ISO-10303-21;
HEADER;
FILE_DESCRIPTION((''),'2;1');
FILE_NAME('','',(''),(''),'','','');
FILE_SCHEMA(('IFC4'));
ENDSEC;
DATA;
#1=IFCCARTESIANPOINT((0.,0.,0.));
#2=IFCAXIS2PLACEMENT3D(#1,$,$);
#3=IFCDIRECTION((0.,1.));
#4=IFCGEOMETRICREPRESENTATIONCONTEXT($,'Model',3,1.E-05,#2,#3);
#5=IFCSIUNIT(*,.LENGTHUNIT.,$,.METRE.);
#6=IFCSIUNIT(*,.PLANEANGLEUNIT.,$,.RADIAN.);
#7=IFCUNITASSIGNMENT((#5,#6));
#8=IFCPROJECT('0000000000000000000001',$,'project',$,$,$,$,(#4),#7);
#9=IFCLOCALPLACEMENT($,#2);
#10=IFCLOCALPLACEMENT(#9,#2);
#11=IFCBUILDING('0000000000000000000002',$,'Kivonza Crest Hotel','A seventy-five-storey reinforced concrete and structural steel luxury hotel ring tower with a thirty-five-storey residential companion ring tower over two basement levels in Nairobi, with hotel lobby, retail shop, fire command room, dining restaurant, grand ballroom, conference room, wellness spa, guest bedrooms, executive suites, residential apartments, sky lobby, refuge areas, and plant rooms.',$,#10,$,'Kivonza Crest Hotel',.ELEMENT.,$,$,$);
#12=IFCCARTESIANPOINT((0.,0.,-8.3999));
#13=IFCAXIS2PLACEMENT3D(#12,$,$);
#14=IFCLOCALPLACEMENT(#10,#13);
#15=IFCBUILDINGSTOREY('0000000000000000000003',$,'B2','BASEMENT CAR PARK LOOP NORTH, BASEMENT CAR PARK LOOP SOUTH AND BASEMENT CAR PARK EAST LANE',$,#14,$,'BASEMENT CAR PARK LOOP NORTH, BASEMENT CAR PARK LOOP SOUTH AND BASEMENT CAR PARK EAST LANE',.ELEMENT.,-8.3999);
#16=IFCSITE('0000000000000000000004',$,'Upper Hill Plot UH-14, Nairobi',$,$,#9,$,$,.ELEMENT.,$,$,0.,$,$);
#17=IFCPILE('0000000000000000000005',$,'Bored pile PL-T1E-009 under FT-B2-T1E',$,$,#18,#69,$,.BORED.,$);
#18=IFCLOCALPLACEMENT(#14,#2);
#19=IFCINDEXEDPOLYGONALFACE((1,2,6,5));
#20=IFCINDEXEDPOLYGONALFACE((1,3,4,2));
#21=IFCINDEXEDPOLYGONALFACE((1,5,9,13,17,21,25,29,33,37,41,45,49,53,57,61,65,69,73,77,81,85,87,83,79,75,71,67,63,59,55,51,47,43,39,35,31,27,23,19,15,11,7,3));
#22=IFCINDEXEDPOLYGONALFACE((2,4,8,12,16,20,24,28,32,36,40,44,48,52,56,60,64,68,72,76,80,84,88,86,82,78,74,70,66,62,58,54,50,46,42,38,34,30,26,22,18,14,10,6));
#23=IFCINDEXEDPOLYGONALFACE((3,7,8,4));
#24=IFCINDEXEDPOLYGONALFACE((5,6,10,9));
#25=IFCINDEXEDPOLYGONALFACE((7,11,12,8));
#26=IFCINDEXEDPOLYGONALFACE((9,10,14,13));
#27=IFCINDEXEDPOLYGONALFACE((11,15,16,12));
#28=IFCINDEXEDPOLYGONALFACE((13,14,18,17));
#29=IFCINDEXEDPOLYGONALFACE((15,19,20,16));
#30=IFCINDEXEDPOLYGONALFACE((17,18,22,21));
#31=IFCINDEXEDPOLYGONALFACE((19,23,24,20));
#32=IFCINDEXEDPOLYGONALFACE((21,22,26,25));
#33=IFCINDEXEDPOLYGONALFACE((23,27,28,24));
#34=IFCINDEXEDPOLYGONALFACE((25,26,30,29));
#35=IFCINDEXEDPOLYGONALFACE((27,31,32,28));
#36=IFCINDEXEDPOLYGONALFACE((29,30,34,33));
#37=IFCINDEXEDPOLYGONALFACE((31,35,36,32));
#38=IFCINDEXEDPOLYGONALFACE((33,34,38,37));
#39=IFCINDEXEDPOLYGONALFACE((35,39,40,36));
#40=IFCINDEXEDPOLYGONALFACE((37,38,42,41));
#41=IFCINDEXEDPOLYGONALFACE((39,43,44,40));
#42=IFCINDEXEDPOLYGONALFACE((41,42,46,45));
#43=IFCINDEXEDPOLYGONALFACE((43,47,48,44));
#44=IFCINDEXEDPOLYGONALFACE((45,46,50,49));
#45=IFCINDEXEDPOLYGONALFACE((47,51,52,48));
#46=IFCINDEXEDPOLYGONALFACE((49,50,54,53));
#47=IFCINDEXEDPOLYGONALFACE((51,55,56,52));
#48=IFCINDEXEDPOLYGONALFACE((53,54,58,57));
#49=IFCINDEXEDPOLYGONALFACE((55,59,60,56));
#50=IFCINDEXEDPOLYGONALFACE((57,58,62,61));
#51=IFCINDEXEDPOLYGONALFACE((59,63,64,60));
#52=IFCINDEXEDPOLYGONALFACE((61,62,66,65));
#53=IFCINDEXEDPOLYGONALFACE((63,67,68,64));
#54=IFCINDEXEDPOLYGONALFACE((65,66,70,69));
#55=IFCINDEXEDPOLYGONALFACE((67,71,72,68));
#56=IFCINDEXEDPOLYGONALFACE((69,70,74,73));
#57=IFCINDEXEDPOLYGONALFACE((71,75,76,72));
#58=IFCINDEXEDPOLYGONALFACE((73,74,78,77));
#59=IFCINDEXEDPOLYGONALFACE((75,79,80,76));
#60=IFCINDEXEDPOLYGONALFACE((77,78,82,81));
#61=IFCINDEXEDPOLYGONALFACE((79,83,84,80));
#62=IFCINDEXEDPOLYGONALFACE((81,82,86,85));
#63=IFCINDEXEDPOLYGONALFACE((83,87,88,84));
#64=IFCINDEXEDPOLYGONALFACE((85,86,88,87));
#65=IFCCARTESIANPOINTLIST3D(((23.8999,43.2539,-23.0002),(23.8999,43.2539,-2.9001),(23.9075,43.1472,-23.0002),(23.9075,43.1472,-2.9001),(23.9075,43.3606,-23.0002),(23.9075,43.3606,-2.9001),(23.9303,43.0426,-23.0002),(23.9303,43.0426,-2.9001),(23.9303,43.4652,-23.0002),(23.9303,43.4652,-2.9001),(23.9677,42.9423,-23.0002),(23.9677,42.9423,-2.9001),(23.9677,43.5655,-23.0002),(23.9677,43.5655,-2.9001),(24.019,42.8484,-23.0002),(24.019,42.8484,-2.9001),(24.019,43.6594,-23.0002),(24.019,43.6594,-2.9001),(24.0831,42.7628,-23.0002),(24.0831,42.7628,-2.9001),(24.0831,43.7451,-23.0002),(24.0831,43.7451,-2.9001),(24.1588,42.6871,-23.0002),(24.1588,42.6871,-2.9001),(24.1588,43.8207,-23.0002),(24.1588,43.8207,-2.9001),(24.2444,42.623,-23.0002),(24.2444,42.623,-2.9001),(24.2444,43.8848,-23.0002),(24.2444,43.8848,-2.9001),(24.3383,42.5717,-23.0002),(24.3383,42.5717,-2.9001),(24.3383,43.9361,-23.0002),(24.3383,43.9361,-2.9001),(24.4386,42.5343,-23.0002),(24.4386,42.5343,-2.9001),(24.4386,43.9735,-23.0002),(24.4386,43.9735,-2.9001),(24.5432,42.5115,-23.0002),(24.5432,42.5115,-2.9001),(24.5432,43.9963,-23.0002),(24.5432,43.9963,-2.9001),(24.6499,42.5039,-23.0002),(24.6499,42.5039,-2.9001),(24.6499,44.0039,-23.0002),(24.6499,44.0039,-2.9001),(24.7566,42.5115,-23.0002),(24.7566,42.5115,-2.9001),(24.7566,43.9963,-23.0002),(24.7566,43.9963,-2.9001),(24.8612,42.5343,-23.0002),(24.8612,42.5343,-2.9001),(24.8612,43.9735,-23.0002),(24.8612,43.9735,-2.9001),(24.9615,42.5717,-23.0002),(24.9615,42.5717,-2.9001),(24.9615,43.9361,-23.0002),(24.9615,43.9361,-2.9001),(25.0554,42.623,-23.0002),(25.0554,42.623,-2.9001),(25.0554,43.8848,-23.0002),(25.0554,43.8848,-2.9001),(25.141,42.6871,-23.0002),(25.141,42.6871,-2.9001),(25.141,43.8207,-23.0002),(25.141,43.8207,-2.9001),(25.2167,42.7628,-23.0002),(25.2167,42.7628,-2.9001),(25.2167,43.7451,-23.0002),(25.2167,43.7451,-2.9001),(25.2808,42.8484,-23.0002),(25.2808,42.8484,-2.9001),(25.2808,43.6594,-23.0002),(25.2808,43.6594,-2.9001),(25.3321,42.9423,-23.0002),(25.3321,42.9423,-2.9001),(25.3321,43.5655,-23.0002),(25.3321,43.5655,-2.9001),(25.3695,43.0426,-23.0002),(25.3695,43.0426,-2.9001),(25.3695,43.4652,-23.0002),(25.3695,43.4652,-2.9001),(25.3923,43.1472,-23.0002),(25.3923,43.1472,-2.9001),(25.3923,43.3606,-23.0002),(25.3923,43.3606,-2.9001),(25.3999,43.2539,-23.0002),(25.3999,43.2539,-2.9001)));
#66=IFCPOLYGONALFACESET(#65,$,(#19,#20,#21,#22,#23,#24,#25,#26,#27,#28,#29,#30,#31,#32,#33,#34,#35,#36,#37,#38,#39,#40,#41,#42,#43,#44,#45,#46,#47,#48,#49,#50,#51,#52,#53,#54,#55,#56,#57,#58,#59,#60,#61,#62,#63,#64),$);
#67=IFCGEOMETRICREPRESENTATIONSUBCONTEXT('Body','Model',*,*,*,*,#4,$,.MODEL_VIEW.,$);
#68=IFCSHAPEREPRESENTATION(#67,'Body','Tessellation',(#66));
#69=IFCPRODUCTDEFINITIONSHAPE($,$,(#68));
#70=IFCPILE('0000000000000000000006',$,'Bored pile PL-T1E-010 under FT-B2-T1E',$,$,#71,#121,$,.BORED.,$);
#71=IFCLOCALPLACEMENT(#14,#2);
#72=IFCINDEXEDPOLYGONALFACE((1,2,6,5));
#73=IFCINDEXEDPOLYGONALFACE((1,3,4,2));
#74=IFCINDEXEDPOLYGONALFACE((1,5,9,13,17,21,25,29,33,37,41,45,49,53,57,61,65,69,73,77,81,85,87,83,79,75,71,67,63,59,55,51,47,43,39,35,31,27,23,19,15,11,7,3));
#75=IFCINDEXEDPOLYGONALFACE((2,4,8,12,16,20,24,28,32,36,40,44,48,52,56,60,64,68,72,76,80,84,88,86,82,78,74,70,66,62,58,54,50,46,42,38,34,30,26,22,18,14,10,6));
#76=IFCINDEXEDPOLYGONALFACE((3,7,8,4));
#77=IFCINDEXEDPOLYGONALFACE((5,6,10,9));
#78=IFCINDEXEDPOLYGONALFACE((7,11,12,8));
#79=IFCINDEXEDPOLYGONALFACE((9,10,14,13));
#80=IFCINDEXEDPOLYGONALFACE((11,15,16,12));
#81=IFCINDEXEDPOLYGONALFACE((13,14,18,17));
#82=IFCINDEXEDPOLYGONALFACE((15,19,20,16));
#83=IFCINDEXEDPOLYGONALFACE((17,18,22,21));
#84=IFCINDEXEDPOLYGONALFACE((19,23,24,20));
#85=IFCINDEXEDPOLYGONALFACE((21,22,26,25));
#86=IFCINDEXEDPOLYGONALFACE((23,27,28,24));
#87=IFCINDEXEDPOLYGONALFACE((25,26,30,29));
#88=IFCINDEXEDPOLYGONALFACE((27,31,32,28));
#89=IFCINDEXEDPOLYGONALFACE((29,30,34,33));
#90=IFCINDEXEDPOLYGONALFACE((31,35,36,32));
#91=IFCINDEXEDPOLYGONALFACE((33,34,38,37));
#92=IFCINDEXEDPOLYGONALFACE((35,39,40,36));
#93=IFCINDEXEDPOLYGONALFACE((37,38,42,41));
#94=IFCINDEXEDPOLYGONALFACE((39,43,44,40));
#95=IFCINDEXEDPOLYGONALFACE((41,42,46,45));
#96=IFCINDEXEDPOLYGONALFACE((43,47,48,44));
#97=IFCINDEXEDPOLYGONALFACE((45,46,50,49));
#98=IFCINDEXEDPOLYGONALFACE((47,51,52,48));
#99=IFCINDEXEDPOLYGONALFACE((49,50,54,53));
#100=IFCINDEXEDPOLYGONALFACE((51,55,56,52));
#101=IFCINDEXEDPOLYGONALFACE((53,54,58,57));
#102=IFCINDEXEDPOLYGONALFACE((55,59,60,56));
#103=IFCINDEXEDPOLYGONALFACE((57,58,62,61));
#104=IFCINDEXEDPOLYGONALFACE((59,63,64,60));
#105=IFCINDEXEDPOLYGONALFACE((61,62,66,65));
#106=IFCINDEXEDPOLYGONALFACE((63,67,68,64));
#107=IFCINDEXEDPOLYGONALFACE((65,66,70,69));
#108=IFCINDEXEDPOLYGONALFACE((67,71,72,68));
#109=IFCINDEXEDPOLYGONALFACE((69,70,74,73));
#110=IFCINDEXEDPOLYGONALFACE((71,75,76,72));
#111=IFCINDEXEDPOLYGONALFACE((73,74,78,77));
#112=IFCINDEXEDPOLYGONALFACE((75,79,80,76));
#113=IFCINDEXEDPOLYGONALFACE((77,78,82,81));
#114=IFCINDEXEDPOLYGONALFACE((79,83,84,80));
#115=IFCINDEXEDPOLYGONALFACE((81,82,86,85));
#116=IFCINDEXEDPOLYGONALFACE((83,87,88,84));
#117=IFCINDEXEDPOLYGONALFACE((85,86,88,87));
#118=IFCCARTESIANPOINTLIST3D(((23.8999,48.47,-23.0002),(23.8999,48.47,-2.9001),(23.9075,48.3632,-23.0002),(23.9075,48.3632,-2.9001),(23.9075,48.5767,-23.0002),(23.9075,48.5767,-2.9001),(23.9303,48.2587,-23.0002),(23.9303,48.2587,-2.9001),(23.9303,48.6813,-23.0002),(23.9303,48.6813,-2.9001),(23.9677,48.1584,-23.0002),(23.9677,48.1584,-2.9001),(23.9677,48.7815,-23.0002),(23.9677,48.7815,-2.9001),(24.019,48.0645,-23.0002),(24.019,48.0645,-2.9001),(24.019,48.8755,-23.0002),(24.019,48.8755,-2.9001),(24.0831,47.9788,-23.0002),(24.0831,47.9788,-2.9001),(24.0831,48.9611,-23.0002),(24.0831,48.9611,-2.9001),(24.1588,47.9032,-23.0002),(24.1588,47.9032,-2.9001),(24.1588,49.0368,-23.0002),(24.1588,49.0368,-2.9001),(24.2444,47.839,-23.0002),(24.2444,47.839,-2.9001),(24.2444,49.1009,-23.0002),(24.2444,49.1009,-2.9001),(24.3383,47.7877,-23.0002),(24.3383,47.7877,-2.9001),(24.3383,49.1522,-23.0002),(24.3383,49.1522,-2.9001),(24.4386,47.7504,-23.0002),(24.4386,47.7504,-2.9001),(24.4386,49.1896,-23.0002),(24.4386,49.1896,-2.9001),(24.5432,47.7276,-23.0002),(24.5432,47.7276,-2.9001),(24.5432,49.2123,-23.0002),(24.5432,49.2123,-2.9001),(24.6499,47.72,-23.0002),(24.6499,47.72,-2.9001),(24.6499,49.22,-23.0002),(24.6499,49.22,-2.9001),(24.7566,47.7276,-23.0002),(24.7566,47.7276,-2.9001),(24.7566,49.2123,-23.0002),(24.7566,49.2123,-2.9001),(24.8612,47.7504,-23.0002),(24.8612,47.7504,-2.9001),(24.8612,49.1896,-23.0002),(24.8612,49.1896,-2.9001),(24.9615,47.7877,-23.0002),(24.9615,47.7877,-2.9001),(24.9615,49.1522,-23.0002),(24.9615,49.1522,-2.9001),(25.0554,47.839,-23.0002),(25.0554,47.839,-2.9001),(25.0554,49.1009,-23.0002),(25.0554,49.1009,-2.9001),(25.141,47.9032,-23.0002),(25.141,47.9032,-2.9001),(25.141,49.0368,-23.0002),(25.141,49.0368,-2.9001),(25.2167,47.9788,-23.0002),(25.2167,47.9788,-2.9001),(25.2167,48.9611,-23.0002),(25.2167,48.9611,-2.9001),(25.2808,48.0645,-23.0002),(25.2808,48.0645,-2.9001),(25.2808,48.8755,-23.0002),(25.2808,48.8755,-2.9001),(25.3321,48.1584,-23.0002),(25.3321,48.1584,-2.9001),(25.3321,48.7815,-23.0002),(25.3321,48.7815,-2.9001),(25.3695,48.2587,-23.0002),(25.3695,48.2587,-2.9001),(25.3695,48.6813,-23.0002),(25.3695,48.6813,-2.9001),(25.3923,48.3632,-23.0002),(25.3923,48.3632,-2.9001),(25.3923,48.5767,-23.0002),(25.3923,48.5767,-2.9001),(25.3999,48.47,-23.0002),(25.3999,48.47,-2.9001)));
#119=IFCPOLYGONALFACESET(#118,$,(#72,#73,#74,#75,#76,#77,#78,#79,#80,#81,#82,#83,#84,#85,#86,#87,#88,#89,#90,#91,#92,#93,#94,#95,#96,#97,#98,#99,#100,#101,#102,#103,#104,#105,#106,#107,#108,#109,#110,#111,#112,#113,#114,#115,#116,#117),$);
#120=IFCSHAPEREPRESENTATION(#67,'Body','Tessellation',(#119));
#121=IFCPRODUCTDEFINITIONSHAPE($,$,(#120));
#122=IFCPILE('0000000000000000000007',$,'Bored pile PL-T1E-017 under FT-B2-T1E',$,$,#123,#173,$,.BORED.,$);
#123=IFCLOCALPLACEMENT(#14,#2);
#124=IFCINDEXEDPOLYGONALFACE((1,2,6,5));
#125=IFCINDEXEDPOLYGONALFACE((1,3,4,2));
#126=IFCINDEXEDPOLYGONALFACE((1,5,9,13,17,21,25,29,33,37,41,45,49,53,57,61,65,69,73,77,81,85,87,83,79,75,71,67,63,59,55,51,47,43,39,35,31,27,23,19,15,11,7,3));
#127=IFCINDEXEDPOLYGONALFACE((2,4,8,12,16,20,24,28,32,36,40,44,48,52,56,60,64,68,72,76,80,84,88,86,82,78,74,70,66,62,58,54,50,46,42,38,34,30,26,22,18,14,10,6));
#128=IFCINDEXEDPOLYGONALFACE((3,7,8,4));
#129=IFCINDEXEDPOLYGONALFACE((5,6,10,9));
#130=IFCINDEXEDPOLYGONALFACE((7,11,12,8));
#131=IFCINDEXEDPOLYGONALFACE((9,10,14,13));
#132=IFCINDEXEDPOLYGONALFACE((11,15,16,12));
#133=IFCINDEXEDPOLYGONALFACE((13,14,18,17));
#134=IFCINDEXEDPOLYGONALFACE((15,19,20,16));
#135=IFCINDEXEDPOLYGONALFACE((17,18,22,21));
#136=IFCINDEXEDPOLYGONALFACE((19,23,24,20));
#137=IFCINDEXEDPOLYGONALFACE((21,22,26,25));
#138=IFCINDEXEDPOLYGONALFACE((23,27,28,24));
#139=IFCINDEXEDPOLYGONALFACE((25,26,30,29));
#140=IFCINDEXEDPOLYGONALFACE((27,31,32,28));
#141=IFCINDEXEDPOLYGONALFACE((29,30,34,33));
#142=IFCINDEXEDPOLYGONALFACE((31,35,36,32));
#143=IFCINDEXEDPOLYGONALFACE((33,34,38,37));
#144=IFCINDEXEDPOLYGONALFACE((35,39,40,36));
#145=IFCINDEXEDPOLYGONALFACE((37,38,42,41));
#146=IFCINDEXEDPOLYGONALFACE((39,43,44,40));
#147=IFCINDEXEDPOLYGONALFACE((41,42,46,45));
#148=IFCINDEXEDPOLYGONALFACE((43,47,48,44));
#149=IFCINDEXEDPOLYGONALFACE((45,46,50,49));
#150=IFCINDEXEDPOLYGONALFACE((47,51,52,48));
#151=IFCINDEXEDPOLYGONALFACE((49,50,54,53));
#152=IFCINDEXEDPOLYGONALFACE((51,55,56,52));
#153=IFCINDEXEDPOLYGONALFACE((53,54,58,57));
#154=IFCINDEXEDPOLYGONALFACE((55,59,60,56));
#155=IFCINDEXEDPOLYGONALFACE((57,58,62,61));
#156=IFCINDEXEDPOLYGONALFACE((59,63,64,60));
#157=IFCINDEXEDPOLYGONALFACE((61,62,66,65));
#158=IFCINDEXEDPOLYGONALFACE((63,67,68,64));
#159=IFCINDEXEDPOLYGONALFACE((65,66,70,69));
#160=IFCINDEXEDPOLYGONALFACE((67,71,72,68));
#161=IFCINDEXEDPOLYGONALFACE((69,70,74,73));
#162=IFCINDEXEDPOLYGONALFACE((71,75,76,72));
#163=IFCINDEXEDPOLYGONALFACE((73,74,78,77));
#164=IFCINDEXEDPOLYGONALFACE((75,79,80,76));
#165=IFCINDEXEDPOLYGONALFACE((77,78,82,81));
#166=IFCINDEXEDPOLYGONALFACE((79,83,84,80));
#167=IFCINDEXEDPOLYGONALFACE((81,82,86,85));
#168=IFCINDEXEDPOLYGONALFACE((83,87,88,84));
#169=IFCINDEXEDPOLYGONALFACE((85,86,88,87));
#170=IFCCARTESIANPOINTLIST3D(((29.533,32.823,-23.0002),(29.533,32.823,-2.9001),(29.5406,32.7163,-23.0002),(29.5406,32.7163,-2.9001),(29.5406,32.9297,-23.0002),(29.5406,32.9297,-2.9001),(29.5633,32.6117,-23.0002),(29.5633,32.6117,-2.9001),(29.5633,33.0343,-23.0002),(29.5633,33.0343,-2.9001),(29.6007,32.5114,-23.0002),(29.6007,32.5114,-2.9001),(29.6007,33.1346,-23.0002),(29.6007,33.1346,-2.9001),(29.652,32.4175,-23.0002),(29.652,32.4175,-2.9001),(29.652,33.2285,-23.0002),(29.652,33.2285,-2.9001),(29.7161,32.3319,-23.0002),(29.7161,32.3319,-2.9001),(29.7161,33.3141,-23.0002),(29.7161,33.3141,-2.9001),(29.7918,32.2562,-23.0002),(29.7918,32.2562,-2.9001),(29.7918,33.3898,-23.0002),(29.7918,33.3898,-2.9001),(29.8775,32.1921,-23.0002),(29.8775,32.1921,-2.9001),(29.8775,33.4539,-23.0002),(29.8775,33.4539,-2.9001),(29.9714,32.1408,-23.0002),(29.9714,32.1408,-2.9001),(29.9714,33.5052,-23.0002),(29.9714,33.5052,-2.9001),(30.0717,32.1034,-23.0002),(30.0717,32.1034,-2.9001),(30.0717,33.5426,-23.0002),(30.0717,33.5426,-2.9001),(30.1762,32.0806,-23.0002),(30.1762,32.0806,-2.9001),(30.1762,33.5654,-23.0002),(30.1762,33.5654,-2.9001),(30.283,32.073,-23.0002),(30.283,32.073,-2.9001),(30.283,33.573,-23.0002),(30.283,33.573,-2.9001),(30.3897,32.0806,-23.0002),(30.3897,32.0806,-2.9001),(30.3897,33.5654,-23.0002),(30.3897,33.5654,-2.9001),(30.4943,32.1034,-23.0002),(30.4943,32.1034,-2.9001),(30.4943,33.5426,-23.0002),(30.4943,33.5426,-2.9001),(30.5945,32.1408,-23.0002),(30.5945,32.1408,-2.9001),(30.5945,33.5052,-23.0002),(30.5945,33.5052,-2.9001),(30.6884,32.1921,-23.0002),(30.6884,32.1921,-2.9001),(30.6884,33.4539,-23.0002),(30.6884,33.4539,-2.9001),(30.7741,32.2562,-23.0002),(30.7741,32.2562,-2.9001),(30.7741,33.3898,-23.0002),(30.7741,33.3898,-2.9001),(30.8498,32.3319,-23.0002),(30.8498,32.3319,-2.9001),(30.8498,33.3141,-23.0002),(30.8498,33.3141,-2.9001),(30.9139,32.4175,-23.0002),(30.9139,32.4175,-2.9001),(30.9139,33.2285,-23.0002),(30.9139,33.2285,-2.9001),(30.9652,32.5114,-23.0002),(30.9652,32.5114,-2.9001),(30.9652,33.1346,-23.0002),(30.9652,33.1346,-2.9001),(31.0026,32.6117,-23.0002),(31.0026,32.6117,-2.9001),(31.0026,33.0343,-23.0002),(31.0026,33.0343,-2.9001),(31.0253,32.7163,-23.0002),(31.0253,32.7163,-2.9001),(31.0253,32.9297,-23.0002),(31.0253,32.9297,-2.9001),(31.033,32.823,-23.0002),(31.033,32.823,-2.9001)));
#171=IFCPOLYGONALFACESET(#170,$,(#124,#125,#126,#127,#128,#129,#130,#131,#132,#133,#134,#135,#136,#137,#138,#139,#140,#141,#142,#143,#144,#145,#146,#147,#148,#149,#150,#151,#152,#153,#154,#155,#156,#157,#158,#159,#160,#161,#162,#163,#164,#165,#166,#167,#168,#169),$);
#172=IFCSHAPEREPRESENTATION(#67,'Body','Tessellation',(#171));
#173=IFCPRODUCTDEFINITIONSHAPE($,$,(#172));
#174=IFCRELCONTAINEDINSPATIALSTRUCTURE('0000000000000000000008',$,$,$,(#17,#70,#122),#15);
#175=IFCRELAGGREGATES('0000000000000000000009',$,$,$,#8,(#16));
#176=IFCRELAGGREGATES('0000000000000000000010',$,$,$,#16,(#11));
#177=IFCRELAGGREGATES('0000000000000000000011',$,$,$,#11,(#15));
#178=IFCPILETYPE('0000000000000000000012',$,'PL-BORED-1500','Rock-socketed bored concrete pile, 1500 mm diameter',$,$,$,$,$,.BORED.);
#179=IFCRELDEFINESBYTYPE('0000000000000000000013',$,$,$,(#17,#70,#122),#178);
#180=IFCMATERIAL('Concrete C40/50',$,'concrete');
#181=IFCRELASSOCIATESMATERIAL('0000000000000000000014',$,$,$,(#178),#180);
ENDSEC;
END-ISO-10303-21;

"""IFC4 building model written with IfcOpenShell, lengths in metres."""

from ifc_helpers import new_model, si_unit, direction, frame, origin, origin_2d, place, context, subcontext, project, spatial, circle, extrude, material, material_profile, profile_set, type_object, element, save


model = new_model("IFC4")

# Units and contexts
model_context = context("Model", 3, precision=1e-05, world=origin(), true_north=direction((0.0, 1.0)))
body_context = subcontext(model_context, "Body", "Model", "MODEL_VIEW")
ifc_project = project(units=[si_unit("LENGTHUNIT", "METRE"), si_unit("PLANEANGLEUNIT", "RADIAN")], contexts=[model_context])

# Site, building, storey
site_placement = place(None, origin())
site = spatial("IfcSite", under=ifc_project, at=site_placement, Name="Upper Hill Plot UH-14, Nairobi", CompositionType="ELEMENT", RefElevation=0.0)
building_placement = place(site_placement, origin())
building = spatial("IfcBuilding", under=site, at=building_placement, Name="Kivonza Crest Hotel", Description="A seventy-five-storey reinforced concrete and structural steel luxury hotel ring tower with a thirty-five-storey residential companion ring tower over two basement levels in Nairobi, with hotel lobby, retail shop, fire command room, dining restaurant, grand ballroom, conference room, wellness spa, guest bedrooms, executive suites, residential apartments, sky lobby, refuge areas, and plant rooms.", LongName="Kivonza Crest Hotel", CompositionType="ELEMENT")
storey_placement = place(building_placement, frame((0.0, 0.0, -8.3999)))
storey = spatial("IfcBuildingStorey", under=building, at=storey_placement, Name="B2", Description="BASEMENT CAR PARK LOOP NORTH, BASEMENT CAR PARK LOOP SOUTH AND BASEMENT CAR PARK EAST LANE", LongName="BASEMENT CAR PARK LOOP NORTH, BASEMENT CAR PARK LOOP SOUTH AND BASEMENT CAR PARK EAST LANE", CompositionType="ELEMENT", Elevation=-8.3999)

# Piles
ifc_material_1 = material(Name="Concrete C40/50", Category="concrete")
ifc_material_profile_1 = material_profile(ifc_material_1, circle(Radius=0.75, at=origin_2d()), Name="PILE D1500")
ifc_profile_set_1 = profile_set([ifc_material_profile_1], Name="Concrete C40/50")
pile_type = type_object("IfcPileType", Name="PL-BORED-1500", Description="Rock-socketed bored concrete pile, 1500 mm diameter", PredefinedType="BORED", material=ifc_profile_set_1)
for number, where, z_axis, x_axis, name in (
    (1, (24.6499, 43.2539, -2.9001), (0.0, 0.0, -1.0), (1.0, 0.0, 0.0), "Bored pile PL-T1E-009 under FT-B2-T1E"),
    (2, (24.6499, 48.47, -2.9001), (0.0, 0.0, -1.0), (1.0, 0.0, 0.0), "Bored pile PL-T1E-010 under FT-B2-T1E"),
    (3, (30.283, 32.823, -2.9001), (0.0, 0.0, -1.0), (1.0, 0.0, 0.0), "Bored pile PL-T1E-017 under FT-B2-T1E"),
):
    element("IfcPile", number, at=place(storey_placement, frame(where, z_axis=z_axis, x_axis=x_axis)), inside=storey, type_object=pile_type, Name=name, PredefinedType="BORED", context=body_context, shape_type="SweptSolid", body=[
        extrude(circle(Radius=0.75, at=origin_2d()), origin(), (0.0, 0.0, 1.0), 20.1001),
    ])

save(model, "model.ifc")
